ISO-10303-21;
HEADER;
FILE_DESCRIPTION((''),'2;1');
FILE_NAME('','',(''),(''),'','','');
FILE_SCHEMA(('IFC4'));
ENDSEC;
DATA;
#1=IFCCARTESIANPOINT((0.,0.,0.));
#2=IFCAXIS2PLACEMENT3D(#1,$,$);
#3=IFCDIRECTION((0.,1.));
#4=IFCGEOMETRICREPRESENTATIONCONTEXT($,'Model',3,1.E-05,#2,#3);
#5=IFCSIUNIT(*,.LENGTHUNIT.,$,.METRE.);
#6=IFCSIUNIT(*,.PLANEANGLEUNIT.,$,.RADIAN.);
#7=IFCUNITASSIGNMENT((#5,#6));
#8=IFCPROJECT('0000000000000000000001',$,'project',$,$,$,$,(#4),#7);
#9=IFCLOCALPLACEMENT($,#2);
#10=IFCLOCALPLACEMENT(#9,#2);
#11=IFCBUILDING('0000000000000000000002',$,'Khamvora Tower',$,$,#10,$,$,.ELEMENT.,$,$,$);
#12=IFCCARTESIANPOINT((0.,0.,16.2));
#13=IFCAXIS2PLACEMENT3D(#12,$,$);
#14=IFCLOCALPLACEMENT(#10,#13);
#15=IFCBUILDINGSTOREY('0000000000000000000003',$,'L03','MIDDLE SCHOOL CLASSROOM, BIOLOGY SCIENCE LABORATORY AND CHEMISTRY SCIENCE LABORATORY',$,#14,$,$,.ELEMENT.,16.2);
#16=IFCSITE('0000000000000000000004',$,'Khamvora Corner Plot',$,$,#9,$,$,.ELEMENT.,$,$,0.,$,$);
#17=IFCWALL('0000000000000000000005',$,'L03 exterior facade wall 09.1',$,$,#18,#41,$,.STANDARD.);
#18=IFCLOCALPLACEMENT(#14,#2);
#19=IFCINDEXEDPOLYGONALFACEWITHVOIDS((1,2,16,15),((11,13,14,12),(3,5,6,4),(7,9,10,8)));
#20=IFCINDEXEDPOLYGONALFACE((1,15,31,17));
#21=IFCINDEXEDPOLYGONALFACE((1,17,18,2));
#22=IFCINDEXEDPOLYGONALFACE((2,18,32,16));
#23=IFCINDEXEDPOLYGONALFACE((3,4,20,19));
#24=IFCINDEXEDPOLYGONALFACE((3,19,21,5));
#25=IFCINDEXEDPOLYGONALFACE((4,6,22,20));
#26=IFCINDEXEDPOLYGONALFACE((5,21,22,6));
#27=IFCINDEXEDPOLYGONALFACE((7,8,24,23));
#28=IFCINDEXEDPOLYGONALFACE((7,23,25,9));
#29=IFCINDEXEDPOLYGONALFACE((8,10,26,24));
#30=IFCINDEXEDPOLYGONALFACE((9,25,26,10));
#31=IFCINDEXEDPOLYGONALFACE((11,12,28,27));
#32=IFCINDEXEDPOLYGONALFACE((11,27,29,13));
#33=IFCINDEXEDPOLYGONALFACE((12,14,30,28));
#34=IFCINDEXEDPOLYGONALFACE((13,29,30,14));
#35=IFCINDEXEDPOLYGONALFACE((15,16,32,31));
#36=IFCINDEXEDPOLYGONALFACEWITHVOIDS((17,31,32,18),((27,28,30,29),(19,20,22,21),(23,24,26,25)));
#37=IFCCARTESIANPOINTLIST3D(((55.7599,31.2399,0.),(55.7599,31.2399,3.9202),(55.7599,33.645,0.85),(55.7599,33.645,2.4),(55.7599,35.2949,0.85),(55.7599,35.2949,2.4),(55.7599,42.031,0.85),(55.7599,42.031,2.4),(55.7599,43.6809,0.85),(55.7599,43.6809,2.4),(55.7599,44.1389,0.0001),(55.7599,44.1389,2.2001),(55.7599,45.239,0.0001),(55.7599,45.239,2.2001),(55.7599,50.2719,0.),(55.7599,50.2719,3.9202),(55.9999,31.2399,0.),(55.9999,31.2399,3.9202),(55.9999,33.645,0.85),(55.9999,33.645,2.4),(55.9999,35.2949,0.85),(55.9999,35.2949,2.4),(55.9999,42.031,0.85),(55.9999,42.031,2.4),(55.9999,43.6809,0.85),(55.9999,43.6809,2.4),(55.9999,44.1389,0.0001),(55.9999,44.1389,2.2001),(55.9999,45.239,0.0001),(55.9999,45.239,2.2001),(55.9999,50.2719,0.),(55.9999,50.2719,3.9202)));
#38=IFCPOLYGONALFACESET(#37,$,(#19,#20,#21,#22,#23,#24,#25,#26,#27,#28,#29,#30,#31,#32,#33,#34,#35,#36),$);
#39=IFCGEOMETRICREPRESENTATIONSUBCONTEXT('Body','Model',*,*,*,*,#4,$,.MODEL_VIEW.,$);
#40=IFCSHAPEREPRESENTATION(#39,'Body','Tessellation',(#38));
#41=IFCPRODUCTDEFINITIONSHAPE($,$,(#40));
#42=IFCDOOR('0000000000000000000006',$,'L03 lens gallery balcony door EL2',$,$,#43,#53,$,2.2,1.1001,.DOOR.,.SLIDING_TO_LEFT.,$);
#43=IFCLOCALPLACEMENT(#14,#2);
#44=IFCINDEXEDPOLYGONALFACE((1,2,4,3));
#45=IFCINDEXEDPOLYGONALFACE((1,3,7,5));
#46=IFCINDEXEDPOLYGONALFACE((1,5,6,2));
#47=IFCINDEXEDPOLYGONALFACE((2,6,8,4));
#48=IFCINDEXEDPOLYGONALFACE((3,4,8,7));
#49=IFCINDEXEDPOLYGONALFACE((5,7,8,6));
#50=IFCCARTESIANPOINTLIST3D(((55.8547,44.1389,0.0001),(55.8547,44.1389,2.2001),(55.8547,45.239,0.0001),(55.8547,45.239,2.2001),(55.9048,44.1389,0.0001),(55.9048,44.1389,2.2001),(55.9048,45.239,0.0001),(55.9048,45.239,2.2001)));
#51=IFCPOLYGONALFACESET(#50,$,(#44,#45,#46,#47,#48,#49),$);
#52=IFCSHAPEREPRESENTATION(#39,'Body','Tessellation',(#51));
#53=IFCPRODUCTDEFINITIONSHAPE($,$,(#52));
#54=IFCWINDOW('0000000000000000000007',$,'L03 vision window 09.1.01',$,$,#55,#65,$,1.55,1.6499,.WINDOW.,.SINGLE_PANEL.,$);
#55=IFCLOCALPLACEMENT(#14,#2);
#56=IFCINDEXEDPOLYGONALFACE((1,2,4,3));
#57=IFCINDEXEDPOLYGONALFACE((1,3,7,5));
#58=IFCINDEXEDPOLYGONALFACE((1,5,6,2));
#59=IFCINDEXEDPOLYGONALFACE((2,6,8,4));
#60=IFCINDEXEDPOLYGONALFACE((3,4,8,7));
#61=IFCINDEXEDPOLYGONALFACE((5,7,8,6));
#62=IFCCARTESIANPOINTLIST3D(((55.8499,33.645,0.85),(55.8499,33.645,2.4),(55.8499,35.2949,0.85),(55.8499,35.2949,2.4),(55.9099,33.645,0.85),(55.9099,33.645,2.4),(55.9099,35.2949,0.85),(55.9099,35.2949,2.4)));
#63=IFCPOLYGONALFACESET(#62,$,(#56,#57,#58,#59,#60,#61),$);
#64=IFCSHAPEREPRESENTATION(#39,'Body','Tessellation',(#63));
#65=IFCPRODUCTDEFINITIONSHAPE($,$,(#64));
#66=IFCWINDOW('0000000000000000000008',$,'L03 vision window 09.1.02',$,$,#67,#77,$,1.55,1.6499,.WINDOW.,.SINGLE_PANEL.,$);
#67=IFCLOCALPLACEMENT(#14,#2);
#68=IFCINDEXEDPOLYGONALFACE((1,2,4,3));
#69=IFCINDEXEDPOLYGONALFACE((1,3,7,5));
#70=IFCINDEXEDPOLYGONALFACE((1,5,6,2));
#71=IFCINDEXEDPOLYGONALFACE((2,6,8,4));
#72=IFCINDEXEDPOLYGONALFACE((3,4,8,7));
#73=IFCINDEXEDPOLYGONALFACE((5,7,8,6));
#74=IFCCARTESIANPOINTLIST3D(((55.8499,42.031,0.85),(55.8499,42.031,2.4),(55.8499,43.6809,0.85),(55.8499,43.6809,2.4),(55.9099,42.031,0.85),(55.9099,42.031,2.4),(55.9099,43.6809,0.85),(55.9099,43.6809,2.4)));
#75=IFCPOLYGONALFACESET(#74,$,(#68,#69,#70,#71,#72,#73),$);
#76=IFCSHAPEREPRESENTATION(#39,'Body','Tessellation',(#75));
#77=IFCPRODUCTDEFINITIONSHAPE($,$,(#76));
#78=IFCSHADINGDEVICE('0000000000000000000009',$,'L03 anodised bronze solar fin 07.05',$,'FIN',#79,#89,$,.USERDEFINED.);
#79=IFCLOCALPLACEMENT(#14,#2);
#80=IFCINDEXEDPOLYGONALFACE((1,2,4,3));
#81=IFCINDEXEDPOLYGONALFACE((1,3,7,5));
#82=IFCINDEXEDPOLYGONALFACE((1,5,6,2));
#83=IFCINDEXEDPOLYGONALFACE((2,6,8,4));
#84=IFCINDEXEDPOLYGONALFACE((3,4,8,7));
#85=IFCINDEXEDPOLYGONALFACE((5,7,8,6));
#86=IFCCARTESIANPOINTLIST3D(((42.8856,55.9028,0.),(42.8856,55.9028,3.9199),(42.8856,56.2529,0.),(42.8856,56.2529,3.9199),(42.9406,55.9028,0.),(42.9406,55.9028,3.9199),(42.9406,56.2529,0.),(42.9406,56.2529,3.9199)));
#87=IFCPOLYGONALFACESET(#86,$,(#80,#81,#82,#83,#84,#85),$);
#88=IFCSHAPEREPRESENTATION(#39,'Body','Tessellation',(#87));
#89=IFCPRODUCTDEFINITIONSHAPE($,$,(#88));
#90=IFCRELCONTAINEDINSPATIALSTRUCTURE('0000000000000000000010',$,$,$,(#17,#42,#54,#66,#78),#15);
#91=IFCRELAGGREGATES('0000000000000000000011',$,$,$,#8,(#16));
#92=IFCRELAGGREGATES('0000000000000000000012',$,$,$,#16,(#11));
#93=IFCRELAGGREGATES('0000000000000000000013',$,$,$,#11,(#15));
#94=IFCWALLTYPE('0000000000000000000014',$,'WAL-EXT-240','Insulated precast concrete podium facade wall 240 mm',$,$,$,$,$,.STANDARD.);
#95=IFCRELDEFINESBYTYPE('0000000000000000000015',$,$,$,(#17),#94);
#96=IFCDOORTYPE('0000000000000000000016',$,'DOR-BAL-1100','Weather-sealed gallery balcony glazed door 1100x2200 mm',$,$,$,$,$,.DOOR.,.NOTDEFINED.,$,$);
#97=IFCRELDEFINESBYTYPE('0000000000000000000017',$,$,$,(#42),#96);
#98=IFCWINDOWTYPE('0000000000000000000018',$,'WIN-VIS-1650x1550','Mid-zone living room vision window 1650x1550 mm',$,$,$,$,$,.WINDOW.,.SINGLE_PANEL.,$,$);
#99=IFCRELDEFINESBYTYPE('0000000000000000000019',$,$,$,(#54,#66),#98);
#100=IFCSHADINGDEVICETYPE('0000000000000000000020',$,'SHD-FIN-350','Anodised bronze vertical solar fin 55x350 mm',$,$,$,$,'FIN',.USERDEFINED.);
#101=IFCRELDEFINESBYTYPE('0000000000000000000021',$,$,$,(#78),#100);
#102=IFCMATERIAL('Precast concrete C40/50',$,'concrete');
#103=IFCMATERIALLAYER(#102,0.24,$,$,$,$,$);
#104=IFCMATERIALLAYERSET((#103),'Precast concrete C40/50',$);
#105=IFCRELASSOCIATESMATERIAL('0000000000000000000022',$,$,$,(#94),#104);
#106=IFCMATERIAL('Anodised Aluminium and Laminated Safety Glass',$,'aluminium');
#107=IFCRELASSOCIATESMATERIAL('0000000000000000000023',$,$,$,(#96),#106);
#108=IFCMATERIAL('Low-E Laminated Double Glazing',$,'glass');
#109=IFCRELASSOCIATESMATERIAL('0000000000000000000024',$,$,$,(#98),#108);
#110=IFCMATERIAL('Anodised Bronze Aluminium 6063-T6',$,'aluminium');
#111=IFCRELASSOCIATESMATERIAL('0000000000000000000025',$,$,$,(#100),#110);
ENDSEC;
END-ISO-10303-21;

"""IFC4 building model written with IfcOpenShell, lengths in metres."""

from ifc_helpers import new_model, si_unit, direction, frame, frame_2d, origin, origin_2d, place, context, subcontext, project, spatial, rectangle, extrude, material, layer, layer_set, type_object, element, fill, save


model = new_model("IFC4")

# Units and contexts
model_context = context("Model", 3, precision=1e-05, world=origin(), true_north=direction((0.0, 1.0)))
body_context = subcontext(model_context, "Body", "Model", "MODEL_VIEW")
ifc_project = project(units=[si_unit("LENGTHUNIT", "METRE"), si_unit("PLANEANGLEUNIT", "RADIAN")], contexts=[model_context])

# Site, building, storey
site_placement = place(None, origin())
site = spatial("IfcSite", under=ifc_project, at=site_placement, Name="Khamvora Corner Plot", CompositionType="ELEMENT", RefElevation=0.0)
building_placement = place(site_placement, origin())
building = spatial("IfcBuilding", under=site, at=building_placement, Name="Khamvora Tower", CompositionType="ELEMENT")
storey_placement = place(building_placement, frame((0.0, 0.0, 16.2)))
storey = spatial("IfcBuildingStorey", under=building, at=storey_placement, Name="L03", Description="MIDDLE SCHOOL CLASSROOM, BIOLOGY SCIENCE LABORATORY AND CHEMISTRY SCIENCE LABORATORY", CompositionType="ELEMENT", Elevation=16.2)

# Shared definitions
ifc_material_1 = material(Name="Low-E Laminated Double Glazing", Category="glass")

# Shared definitions
ifc_material_2 = material(Name="Precast concrete C40/50", Category="concrete")
ifc_layer_1 = layer(ifc_material_2, 0.24)
ifc_layer_set_1 = layer_set([ifc_layer_1], Name="Precast concrete C40/50")
wall_type = type_object("IfcWallType", Name="WAL-EXT-240", Description="Insulated precast concrete podium facade wall 240 mm", PredefinedType="STANDARD", material=ifc_layer_set_1)

# Wall, openings, door, windows
wall_1_placement = place(storey_placement, frame((55.8799, 50.272, 0.0), z_axis=(0.0, 0.0, 1.0), x_axis=(0.0, -1.0, 0.0)))
wall_1 = element("IfcWall", 1, at=wall_1_placement, inside=storey, type_object=wall_type, Name="L03 exterior facade wall 09.1", PredefinedType="STANDARD", context=body_context, shape_type="SweptSolid", body=[
    extrude(rectangle(XDim=19.032, YDim=0.24, at=frame_2d((9.5161, 0.0))), origin(), (0.0, 0.0, 1.0), 3.9202),
])
opening_1_placement = place(wall_1_placement, frame((5.033, 0.0, 0.0)))
opening_1 = element("IfcOpeningElement", 2, at=opening_1_placement, cuts=wall_1, PredefinedType="OPENING", context=body_context, shape_type="SweptSolid", body=[
    extrude(rectangle(XDim=1.1001, YDim=2.2, at=frame_2d((0.55, 1.1001))), frame((0.0, 0.1299, 0.0), z_axis=(0.0, -1.0, 0.0), x_axis=(1.0, 0.0, 0.0)), (0.0, 0.0, 1.0), 0.26),
])
opening_2_placement = place(wall_1_placement, frame((14.9771, 0.0, 0.8501)))
opening_2 = element("IfcOpeningElement", 3, at=opening_2_placement, cuts=wall_1, PredefinedType="OPENING", context=body_context, shape_type="SweptSolid", body=[
    extrude(rectangle(XDim=1.6499, YDim=1.55, at=frame_2d((0.825, 0.7749))), frame((0.0, 0.1299, 0.0), z_axis=(0.0, -1.0, 0.0), x_axis=(1.0, 0.0, 0.0)), (0.0, 0.0, 1.0), 0.26),
])
opening_3_placement = place(wall_1_placement, frame((6.5911, 0.0, 0.8501)))
opening_3 = element("IfcOpeningElement", 4, at=opening_3_placement, cuts=wall_1, PredefinedType="OPENING", context=body_context, shape_type="SweptSolid", body=[
    extrude(rectangle(XDim=1.6499, YDim=1.55, at=frame_2d((0.825, 0.7749))), frame((0.0, 0.1299, 0.0), z_axis=(0.0, -1.0, 0.0), x_axis=(1.0, 0.0, 0.0)), (0.0, 0.0, 1.0), 0.26),
])
ifc_material_3 = material(Name="Anodised Aluminium and Laminated Safety Glass", Category="aluminium")
door_type = type_object("IfcDoorType", Name="DOR-BAL-1100", Description="Weather-sealed gallery balcony glazed door 1100x2200 mm", OperationType="NOTDEFINED", PredefinedType="DOOR", material=ifc_material_3)
door_placement = place(opening_1_placement, origin())
door = element("IfcDoor", 5, at=door_placement, inside=storey, type_object=door_type, Name="L03 lens gallery balcony door EL2", OperationType="SLIDING_TO_LEFT", OverallHeight=2.2, OverallWidth=1.1001, PredefinedType="DOOR", context=body_context, shape_type="SweptSolid", body=[
    extrude(rectangle(XDim=1.1001, YDim=2.2, at=frame_2d((0.55, 1.1001))), frame((0.0, 0.0249, 0.0), z_axis=(0.0, -1.0, 0.0), x_axis=(1.0, 0.0, 0.0)), (0.0, 0.0, 1.0), 0.05),
])
fill(opening_1, door)
window_type = type_object("IfcWindowType", Name="WIN-VIS-1650x1550", Description="Mid-zone living room vision window 1650x1550 mm", PartitioningType="SINGLE_PANEL", PredefinedType="WINDOW", material=ifc_material_1)
window_1_placement = place(opening_2_placement, origin())
window_1 = element("IfcWindow", 6, at=window_1_placement, inside=storey, type_object=window_type, Name="L03 vision window 09.1.01", OverallHeight=1.55, OverallWidth=1.6499, PartitioningType="SINGLE_PANEL", PredefinedType="WINDOW", context=body_context, shape_type="SweptSolid", body=[
    extrude(rectangle(XDim=1.6499, YDim=1.55, at=frame_2d((0.825, 0.7749))), frame((0.0, 0.03, 0.0), z_axis=(0.0, -1.0, 0.0), x_axis=(1.0, 0.0, 0.0)), (0.0, 0.0, 1.0), 0.0601),
])
fill(opening_2, window_1)
window_2_placement = place(opening_3_placement, origin())
window_2 = element("IfcWindow", 7, at=window_2_placement, inside=storey, type_object=window_type, Name="L03 vision window 09.1.02", OverallHeight=1.55, OverallWidth=1.6499, PartitioningType="SINGLE_PANEL", PredefinedType="WINDOW", context=body_context, shape_type="SweptSolid", body=[
    extrude(rectangle(XDim=1.6499, YDim=1.55, at=frame_2d((0.825, 0.7749))), frame((0.0, 0.03, 0.0), z_axis=(0.0, -1.0, 0.0), x_axis=(1.0, 0.0, 0.0)), (0.0, 0.0, 1.0), 0.0601),
])
fill(opening_3, window_2)

# Shading device
ifc_material_4 = material(Name="Anodised Bronze Aluminium 6063-T6", Category="aluminium")
shading_device_type = type_object("IfcShadingDeviceType", Name="SHD-FIN-350", Description="Anodised bronze vertical solar fin 55x350 mm", ElementType="FIN", PredefinedType="USERDEFINED", material=ifc_material_4)
shading_device_placement = place(storey_placement, frame((42.9131, 56.0779, 0.0), z_axis=(0.0, 0.0, 1.0), x_axis=(1.0, 0.0, 0.0)))
element("IfcShadingDevice", 8, at=shading_device_placement, inside=storey, type_object=shading_device_type, Name="L03 anodised bronze solar fin 07.05", ObjectType="FIN", PredefinedType="USERDEFINED", context=body_context, shape_type="SweptSolid", body=[
    extrude(rectangle(XDim=0.0549, YDim=0.3501, at=origin_2d()), origin(), (0.0, 0.0, 1.0), 3.9199),
])

save(model, "model.ifc")
